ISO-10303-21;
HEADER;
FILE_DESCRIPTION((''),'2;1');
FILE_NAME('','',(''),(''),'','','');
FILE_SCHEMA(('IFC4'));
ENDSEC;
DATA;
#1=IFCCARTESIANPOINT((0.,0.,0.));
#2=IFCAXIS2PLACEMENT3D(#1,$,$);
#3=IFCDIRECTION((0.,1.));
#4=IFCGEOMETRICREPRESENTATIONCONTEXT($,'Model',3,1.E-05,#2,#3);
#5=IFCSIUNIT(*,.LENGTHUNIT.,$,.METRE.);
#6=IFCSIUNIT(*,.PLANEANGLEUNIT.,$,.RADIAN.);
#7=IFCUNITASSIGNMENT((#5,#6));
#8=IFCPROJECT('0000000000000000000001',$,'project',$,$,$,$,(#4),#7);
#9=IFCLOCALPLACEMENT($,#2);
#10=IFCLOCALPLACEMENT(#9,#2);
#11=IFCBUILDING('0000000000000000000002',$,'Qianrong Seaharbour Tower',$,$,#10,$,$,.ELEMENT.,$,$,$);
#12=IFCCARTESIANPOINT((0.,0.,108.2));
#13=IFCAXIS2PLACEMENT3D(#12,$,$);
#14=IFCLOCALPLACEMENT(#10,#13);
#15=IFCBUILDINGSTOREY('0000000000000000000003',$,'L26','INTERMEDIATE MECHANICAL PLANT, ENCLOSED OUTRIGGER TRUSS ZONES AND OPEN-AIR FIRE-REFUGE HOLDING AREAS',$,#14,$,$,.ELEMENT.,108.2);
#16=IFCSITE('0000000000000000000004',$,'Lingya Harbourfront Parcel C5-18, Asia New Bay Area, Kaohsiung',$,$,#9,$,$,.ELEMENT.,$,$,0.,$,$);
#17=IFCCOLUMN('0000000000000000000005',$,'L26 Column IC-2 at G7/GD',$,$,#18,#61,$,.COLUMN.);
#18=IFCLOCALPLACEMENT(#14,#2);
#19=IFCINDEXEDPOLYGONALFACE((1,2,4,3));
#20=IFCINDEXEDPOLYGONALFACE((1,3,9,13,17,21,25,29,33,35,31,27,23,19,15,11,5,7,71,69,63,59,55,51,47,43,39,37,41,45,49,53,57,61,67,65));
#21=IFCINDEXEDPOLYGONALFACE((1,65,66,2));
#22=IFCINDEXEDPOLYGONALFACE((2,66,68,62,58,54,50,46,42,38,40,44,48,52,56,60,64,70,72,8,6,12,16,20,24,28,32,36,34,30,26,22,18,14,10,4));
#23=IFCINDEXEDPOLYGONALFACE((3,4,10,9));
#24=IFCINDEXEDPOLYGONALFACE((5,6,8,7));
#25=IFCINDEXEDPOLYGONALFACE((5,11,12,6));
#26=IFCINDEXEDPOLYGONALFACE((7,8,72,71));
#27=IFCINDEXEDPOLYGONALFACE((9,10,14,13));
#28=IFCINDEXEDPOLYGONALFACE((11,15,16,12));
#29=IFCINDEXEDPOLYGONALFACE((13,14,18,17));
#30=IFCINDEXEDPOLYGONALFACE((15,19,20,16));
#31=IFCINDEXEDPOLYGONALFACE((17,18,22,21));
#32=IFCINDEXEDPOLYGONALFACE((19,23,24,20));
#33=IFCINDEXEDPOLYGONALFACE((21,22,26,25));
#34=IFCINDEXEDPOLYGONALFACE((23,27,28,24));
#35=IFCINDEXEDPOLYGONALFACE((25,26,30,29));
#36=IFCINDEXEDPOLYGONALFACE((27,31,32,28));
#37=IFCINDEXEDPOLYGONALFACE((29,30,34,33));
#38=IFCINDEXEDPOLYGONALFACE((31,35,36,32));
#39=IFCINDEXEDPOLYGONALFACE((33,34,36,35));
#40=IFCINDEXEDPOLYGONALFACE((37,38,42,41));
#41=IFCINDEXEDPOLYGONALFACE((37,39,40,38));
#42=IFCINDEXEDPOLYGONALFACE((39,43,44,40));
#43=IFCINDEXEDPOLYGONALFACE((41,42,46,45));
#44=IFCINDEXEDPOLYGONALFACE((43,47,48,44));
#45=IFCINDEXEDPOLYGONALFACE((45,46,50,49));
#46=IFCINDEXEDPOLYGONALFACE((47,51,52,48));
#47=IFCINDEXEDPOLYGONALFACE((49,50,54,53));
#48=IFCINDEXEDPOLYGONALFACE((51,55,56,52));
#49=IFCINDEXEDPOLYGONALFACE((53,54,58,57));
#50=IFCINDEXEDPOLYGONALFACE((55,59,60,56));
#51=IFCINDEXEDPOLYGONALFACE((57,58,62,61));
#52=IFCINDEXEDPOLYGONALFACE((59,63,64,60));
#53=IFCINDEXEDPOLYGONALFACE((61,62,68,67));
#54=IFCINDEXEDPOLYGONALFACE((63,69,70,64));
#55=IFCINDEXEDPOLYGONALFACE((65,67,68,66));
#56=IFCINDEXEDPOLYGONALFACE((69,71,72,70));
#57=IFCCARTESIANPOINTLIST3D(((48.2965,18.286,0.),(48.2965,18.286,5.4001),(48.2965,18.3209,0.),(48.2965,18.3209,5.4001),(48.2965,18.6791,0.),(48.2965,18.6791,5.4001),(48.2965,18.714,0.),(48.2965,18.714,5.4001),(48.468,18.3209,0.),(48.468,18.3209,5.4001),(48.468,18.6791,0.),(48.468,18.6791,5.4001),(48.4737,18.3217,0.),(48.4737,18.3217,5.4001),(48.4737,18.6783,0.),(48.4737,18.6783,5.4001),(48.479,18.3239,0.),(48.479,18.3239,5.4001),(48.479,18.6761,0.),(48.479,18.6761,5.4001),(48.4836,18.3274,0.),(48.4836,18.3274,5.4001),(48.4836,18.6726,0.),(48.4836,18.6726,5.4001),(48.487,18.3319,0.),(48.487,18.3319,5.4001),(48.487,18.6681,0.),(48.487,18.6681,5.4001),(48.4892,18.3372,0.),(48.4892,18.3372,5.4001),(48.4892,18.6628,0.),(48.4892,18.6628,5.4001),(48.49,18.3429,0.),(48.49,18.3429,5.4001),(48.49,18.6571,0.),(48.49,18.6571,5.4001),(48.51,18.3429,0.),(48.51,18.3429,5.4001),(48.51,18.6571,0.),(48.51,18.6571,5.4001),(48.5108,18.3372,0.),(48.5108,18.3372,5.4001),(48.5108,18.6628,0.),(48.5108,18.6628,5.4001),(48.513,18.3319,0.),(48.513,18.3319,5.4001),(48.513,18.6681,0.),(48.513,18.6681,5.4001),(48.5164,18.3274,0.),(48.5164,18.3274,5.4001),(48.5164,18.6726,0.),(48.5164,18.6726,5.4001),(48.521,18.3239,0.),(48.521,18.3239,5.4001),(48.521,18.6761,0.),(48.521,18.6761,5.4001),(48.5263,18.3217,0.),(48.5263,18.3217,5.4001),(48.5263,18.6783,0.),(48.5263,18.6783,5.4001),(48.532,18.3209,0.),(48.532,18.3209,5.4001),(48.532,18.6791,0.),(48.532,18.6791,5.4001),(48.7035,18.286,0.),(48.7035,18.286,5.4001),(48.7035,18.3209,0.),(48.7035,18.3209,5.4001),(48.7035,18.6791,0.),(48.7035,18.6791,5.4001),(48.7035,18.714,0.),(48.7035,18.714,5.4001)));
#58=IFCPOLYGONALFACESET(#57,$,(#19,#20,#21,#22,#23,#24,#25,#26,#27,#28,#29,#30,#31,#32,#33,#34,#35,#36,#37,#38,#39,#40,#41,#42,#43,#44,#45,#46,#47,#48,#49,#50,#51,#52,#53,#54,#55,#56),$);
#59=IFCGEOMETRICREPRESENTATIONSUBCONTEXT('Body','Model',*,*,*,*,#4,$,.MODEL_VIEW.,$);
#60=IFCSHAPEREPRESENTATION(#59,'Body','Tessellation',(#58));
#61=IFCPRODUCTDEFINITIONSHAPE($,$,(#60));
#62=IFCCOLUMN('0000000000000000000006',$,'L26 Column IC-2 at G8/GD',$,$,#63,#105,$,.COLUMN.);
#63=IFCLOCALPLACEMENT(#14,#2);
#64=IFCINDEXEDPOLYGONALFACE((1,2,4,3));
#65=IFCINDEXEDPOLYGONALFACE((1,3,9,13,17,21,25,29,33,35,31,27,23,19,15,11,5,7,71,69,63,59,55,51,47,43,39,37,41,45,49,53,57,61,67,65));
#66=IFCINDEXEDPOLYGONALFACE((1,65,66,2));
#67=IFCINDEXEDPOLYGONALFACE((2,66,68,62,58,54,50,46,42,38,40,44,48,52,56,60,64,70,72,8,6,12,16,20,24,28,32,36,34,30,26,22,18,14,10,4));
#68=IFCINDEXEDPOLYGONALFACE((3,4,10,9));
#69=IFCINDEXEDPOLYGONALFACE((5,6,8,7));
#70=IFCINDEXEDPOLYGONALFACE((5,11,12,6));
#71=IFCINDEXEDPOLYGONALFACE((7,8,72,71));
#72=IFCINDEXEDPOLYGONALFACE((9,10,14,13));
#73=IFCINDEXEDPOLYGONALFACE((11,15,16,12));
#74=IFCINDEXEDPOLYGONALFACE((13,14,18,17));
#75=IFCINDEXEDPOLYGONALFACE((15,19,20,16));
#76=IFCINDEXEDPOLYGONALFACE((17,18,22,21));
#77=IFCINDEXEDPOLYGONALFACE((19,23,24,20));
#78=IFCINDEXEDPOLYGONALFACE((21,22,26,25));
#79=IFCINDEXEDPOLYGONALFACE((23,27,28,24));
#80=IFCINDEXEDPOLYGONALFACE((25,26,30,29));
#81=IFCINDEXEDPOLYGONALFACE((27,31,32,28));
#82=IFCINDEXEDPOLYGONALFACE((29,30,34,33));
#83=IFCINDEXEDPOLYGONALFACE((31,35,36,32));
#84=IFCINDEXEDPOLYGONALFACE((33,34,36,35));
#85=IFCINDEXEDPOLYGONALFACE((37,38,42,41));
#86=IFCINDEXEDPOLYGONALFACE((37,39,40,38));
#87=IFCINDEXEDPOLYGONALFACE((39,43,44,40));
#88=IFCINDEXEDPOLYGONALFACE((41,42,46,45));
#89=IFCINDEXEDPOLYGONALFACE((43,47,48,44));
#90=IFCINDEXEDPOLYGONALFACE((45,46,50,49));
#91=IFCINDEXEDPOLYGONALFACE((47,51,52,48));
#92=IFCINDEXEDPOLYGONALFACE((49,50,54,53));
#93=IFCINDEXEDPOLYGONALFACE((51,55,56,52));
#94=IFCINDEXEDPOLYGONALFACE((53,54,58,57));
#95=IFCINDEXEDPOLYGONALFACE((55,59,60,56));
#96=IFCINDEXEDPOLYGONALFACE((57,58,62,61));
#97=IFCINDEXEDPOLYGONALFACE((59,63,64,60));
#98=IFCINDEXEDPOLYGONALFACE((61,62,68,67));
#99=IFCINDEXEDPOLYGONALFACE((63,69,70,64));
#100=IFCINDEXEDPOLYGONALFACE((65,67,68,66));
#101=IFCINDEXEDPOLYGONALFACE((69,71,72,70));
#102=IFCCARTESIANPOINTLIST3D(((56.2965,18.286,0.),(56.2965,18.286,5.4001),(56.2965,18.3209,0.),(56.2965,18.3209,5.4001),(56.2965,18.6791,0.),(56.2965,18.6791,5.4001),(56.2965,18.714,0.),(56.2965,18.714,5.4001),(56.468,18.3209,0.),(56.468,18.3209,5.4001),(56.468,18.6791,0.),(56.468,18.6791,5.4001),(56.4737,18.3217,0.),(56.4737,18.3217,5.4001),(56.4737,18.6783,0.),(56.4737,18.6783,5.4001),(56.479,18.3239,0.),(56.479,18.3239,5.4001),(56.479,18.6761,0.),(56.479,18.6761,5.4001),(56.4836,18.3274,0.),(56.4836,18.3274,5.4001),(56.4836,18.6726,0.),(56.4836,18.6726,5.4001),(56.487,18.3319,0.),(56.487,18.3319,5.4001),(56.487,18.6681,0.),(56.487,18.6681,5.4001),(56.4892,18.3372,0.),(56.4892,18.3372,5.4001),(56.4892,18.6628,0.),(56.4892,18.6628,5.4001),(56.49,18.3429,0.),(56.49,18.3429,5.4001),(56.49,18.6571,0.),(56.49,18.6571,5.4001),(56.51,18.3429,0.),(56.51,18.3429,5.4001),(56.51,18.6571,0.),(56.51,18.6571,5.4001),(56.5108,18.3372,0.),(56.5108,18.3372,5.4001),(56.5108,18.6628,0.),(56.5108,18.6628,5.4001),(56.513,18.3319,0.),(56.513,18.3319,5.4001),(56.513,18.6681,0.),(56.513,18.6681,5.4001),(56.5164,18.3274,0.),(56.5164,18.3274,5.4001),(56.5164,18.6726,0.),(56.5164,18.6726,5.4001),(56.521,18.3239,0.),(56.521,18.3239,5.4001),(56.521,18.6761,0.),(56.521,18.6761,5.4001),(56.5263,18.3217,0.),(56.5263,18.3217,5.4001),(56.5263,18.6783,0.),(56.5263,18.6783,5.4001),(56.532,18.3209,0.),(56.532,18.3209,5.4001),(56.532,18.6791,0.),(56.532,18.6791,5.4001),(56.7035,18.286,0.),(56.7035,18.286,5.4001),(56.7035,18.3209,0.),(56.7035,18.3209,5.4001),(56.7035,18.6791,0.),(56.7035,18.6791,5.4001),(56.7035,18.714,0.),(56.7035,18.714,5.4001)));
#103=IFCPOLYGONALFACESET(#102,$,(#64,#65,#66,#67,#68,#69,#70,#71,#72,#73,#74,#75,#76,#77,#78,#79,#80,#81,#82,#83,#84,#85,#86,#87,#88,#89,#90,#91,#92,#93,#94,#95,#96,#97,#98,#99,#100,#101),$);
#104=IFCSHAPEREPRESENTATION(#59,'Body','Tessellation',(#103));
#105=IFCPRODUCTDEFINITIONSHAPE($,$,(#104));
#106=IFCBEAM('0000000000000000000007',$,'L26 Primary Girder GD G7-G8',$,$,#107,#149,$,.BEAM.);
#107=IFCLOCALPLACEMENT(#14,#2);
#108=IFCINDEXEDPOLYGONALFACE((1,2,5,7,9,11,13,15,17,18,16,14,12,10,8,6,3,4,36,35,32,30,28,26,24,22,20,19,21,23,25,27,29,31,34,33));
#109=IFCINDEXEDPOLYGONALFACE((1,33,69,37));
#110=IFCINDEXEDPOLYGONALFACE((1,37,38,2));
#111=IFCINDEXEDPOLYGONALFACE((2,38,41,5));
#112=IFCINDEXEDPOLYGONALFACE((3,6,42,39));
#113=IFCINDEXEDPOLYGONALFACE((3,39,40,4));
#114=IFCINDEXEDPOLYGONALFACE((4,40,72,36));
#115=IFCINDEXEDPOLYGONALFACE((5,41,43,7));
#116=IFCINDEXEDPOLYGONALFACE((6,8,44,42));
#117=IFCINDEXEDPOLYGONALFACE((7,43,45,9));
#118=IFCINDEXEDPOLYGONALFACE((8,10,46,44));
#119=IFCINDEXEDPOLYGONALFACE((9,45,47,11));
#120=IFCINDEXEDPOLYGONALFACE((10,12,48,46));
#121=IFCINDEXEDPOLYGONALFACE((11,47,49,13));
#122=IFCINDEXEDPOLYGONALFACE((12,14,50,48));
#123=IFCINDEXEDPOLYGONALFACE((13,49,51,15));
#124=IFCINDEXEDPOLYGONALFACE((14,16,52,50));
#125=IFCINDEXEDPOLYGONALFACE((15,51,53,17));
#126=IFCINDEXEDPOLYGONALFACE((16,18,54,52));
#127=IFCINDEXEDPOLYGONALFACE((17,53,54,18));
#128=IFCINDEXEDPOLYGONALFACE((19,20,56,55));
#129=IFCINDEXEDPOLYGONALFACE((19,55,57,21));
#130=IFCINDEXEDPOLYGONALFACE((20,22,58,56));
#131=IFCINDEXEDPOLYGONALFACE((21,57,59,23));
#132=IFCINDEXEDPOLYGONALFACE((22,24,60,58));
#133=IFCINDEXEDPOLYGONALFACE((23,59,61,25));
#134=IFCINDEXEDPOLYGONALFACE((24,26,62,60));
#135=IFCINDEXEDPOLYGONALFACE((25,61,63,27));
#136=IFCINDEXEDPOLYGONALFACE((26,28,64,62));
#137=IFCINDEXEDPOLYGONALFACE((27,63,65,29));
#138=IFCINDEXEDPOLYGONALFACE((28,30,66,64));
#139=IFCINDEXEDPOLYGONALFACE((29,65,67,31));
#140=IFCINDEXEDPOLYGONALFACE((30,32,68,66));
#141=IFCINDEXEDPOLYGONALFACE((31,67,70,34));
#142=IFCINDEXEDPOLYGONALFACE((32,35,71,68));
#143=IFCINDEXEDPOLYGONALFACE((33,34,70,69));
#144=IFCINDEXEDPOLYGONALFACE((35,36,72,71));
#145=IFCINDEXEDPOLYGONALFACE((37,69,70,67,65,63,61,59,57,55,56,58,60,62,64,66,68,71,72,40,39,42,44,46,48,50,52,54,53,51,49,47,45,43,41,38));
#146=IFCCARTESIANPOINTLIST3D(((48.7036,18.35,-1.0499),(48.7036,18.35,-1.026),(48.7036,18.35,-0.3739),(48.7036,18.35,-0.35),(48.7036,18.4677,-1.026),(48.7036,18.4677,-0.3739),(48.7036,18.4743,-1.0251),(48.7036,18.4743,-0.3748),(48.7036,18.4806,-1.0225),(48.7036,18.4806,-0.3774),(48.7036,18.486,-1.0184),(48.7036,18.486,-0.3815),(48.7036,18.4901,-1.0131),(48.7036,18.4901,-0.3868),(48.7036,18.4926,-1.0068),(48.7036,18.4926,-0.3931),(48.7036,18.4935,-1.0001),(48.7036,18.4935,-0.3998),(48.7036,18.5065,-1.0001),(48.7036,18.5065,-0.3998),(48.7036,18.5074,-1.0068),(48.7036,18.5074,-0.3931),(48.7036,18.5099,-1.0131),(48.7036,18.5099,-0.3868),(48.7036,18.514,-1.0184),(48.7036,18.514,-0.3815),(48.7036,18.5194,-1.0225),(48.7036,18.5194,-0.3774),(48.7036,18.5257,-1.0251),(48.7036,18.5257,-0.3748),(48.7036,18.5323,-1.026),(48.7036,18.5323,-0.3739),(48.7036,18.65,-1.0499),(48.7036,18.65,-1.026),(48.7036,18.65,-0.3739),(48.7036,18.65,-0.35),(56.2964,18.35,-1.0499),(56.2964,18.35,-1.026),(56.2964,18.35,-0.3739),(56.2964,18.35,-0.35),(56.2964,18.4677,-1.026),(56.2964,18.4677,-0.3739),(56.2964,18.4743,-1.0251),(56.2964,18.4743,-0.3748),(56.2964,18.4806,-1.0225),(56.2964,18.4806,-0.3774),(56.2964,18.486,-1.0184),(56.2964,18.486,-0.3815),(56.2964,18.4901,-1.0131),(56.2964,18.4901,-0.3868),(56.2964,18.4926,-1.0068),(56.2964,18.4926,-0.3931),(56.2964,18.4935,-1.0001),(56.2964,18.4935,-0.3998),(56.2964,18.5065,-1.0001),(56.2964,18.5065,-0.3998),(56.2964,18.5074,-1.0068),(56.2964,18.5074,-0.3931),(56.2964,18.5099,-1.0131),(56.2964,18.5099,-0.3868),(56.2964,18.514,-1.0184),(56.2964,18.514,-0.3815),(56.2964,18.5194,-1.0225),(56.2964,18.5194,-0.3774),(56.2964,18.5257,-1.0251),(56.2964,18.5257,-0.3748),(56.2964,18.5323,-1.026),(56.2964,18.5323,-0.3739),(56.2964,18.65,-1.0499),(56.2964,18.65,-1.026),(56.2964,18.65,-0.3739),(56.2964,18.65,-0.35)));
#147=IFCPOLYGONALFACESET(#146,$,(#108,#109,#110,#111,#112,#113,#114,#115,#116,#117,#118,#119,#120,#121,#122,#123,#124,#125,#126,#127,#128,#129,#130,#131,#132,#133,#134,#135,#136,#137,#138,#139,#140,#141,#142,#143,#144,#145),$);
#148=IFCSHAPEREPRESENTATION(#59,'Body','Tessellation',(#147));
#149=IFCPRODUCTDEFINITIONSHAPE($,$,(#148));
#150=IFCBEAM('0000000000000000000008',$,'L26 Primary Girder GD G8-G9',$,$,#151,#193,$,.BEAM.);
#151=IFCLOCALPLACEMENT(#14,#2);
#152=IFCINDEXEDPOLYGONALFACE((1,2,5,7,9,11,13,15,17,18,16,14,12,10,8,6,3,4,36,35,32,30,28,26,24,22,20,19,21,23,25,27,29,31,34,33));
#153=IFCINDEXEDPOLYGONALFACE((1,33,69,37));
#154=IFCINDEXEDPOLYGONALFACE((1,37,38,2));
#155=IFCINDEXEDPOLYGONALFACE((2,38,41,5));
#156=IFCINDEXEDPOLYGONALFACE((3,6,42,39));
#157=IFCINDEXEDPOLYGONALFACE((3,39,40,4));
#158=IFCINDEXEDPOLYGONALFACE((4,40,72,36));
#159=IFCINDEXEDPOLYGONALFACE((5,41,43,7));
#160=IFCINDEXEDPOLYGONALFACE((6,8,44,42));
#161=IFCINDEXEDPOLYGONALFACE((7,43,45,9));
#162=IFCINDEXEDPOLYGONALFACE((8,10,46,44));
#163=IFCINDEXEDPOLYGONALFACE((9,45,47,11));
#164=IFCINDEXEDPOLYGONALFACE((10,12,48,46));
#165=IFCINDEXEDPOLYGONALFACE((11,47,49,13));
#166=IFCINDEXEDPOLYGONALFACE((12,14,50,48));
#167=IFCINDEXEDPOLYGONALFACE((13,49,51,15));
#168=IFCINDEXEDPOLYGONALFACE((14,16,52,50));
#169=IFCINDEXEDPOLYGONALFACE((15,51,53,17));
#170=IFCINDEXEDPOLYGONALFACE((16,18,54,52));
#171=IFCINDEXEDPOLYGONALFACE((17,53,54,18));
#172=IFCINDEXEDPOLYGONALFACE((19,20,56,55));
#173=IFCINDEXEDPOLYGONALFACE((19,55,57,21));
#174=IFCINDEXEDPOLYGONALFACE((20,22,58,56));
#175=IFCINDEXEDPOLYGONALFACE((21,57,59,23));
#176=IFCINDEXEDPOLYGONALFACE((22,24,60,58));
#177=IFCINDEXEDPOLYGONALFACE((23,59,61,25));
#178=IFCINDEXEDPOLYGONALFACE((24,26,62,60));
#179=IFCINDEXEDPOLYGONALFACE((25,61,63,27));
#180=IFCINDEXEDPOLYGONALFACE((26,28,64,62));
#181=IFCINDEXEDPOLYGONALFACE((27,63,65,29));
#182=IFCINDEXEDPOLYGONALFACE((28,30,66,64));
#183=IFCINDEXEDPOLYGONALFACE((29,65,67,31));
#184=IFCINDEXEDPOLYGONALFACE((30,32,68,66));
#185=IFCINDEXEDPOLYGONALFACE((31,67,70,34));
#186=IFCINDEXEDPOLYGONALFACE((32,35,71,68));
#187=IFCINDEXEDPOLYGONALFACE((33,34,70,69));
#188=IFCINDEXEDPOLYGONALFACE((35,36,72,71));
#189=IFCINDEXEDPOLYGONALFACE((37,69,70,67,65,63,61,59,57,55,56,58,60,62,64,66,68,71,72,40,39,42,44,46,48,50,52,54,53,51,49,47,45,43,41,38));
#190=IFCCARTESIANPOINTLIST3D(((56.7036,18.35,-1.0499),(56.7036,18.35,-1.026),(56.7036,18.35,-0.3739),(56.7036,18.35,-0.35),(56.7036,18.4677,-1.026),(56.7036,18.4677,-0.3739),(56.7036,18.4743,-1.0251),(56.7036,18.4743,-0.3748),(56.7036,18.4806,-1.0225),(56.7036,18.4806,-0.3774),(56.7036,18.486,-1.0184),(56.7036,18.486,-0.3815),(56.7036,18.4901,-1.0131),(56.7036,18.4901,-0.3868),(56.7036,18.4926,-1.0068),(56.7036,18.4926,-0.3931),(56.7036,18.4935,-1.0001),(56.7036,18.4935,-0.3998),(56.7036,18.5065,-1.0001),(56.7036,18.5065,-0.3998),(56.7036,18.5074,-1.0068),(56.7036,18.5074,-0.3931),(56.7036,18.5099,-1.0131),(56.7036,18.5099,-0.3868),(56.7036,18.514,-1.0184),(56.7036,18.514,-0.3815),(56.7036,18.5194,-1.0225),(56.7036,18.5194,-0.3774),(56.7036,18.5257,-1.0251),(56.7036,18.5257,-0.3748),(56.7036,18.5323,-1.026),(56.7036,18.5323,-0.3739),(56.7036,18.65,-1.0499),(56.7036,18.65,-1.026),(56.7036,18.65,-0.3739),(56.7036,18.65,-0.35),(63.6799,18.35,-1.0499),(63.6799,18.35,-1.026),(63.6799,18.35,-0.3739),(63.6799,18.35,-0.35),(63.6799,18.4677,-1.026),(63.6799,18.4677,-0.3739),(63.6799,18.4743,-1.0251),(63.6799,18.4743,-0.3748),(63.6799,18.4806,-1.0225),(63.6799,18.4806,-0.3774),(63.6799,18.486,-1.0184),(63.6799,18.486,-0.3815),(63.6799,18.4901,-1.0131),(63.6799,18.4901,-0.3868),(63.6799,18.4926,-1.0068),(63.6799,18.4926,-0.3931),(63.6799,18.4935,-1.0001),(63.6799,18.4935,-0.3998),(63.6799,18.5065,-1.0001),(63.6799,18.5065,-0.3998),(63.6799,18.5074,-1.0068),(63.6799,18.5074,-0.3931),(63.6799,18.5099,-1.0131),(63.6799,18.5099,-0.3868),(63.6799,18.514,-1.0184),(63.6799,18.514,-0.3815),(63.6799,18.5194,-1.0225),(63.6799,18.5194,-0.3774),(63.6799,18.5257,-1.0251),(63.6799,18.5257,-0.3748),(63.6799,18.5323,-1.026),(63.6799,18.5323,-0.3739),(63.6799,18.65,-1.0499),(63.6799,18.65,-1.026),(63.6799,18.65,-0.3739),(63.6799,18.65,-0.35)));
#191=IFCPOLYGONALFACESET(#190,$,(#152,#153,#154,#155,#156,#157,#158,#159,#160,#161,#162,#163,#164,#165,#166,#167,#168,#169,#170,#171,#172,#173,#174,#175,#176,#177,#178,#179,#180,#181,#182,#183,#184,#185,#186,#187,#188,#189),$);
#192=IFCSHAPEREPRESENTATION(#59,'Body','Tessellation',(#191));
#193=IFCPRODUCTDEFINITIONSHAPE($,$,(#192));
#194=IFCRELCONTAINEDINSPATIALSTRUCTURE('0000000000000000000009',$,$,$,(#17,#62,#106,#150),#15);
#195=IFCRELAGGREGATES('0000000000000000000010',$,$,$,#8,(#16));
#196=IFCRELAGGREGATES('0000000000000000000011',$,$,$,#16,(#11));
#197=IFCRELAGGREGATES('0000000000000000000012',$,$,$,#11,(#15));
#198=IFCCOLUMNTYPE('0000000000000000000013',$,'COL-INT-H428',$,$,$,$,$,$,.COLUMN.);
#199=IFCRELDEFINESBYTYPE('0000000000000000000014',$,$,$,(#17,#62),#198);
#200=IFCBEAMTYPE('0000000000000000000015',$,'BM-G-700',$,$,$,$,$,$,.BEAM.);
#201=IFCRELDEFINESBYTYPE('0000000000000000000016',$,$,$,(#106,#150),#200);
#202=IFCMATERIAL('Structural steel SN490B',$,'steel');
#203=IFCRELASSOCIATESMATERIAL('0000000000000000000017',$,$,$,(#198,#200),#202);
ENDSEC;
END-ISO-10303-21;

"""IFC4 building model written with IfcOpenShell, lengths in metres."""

from ifc_helpers import new_model, si_unit, direction, frame, origin, origin_2d, place, context, subcontext, project, spatial, i_section, extrude, material, material_profile, profile_set, type_object, element, save


model = new_model("IFC4")

# Units and contexts
model_context = context("Model", 3, precision=1e-05, world=origin(), true_north=direction((0.0, 1.0)))
body_context = subcontext(model_context, "Body", "Model", "MODEL_VIEW")
ifc_project = project(units=[si_unit("LENGTHUNIT", "METRE"), si_unit("PLANEANGLEUNIT", "RADIAN")], contexts=[model_context])

# Site, building, storey
site_placement = place(None, origin())
site = spatial("IfcSite", under=ifc_project, at=site_placement, Name="Lingya Harbourfront Parcel C5-18, Asia New Bay Area, Kaohsiung", CompositionType="ELEMENT", RefElevation=0.0)
building_placement = place(site_placement, origin())
building = spatial("IfcBuilding", under=site, at=building_placement, Name="Qianrong Seaharbour Tower", CompositionType="ELEMENT")
storey_placement = place(building_placement, frame((0.0, 0.0, 108.2)))
storey = spatial("IfcBuildingStorey", under=building, at=storey_placement, Name="L26", Description="INTERMEDIATE MECHANICAL PLANT, ENCLOSED OUTRIGGER TRUSS ZONES AND OPEN-AIR FIRE-REFUGE HOLDING AREAS", CompositionType="ELEMENT", Elevation=108.2)

# Columns
ifc_material_1 = material(Name="Structural steel SN490B", Category="steel")
ifc_material_profile_1 = material_profile(ifc_material_1, i_section(OverallWidth=0.407, OverallDepth=0.428, WebThickness=0.02, FlangeThickness=0.0349, FilletRadius=0.022, at=origin_2d()), Name="H428x407x20x35")
ifc_profile_set_1 = profile_set([ifc_material_profile_1], Name="Structural steel SN490B")
column_type = type_object("IfcColumnType", Name="COL-INT-H428", PredefinedType="COLUMN", material=ifc_profile_set_1)
for number, where, z_axis, x_axis, name in (
    (1, (48.5, 18.5, 0.0), (0.0, 0.0, 1.0), (1.0, 0.0, 0.0), "L26 Column IC-2 at G7/GD"),
    (2, (56.5, 18.5, 0.0), (0.0, 0.0, 1.0), (1.0, 0.0, 0.0), "L26 Column IC-2 at G8/GD"),
):
    element("IfcColumn", number, at=place(storey_placement, frame(where, z_axis=z_axis, x_axis=x_axis)), inside=storey, type_object=column_type, Name=name, PredefinedType="COLUMN", context=body_context, shape_type="SweptSolid", body=[
        extrude(i_section(OverallWidth=0.407, OverallDepth=0.428, WebThickness=0.02, FlangeThickness=0.0349, FilletRadius=0.022, at=origin_2d()), origin(), (0.0, 0.0, 1.0), 5.4001),
    ])

# Beams
ifc_material_profile_2 = material_profile(ifc_material_1, i_section(OverallWidth=0.3, OverallDepth=0.7, WebThickness=0.0129, FlangeThickness=0.0239, FilletRadius=0.0259, at=origin_2d()), Name="H700x300x13x24")
ifc_profile_set_2 = profile_set([ifc_material_profile_2], Name="Structural steel SN490B")
beam_type_1 = type_object("IfcBeamType", Name="BM-G-700", PredefinedType="BEAM", material=ifc_profile_set_2)
beam_1_placement = place(storey_placement, frame((48.7036, 18.5, -0.7), z_axis=(1.0, 0.0, 0.0), x_axis=(0.0, 1.0, 0.0)))
element("IfcBeam", 3, at=beam_1_placement, inside=storey, type_object=beam_type_1, Name="L26 Primary Girder GD G7-G8", PredefinedType="BEAM", context=body_context, shape_type="SweptSolid", body=[
    extrude(i_section(OverallWidth=0.3, OverallDepth=0.7, WebThickness=0.0129, FlangeThickness=0.0239, FilletRadius=0.0259, at=origin_2d()), origin(), (0.0, 0.0, 1.0), 7.5928),
])
beam_2_placement = place(storey_placement, frame((56.7036, 18.5, -0.7), z_axis=(1.0, 0.0, 0.0), x_axis=(0.0, 1.0, 0.0)))
element("IfcBeam", 4, at=beam_2_placement, inside=storey, type_object=beam_type_1, Name="L26 Primary Girder GD G8-G9", PredefinedType="BEAM", context=body_context, shape_type="SweptSolid", body=[
    extrude(i_section(OverallWidth=0.3, OverallDepth=0.7, WebThickness=0.0129, FlangeThickness=0.0239, FilletRadius=0.0259, at=origin_2d()), origin(), (0.0, 0.0, 1.0), 6.9763),
])

save(model, "model.ifc")
